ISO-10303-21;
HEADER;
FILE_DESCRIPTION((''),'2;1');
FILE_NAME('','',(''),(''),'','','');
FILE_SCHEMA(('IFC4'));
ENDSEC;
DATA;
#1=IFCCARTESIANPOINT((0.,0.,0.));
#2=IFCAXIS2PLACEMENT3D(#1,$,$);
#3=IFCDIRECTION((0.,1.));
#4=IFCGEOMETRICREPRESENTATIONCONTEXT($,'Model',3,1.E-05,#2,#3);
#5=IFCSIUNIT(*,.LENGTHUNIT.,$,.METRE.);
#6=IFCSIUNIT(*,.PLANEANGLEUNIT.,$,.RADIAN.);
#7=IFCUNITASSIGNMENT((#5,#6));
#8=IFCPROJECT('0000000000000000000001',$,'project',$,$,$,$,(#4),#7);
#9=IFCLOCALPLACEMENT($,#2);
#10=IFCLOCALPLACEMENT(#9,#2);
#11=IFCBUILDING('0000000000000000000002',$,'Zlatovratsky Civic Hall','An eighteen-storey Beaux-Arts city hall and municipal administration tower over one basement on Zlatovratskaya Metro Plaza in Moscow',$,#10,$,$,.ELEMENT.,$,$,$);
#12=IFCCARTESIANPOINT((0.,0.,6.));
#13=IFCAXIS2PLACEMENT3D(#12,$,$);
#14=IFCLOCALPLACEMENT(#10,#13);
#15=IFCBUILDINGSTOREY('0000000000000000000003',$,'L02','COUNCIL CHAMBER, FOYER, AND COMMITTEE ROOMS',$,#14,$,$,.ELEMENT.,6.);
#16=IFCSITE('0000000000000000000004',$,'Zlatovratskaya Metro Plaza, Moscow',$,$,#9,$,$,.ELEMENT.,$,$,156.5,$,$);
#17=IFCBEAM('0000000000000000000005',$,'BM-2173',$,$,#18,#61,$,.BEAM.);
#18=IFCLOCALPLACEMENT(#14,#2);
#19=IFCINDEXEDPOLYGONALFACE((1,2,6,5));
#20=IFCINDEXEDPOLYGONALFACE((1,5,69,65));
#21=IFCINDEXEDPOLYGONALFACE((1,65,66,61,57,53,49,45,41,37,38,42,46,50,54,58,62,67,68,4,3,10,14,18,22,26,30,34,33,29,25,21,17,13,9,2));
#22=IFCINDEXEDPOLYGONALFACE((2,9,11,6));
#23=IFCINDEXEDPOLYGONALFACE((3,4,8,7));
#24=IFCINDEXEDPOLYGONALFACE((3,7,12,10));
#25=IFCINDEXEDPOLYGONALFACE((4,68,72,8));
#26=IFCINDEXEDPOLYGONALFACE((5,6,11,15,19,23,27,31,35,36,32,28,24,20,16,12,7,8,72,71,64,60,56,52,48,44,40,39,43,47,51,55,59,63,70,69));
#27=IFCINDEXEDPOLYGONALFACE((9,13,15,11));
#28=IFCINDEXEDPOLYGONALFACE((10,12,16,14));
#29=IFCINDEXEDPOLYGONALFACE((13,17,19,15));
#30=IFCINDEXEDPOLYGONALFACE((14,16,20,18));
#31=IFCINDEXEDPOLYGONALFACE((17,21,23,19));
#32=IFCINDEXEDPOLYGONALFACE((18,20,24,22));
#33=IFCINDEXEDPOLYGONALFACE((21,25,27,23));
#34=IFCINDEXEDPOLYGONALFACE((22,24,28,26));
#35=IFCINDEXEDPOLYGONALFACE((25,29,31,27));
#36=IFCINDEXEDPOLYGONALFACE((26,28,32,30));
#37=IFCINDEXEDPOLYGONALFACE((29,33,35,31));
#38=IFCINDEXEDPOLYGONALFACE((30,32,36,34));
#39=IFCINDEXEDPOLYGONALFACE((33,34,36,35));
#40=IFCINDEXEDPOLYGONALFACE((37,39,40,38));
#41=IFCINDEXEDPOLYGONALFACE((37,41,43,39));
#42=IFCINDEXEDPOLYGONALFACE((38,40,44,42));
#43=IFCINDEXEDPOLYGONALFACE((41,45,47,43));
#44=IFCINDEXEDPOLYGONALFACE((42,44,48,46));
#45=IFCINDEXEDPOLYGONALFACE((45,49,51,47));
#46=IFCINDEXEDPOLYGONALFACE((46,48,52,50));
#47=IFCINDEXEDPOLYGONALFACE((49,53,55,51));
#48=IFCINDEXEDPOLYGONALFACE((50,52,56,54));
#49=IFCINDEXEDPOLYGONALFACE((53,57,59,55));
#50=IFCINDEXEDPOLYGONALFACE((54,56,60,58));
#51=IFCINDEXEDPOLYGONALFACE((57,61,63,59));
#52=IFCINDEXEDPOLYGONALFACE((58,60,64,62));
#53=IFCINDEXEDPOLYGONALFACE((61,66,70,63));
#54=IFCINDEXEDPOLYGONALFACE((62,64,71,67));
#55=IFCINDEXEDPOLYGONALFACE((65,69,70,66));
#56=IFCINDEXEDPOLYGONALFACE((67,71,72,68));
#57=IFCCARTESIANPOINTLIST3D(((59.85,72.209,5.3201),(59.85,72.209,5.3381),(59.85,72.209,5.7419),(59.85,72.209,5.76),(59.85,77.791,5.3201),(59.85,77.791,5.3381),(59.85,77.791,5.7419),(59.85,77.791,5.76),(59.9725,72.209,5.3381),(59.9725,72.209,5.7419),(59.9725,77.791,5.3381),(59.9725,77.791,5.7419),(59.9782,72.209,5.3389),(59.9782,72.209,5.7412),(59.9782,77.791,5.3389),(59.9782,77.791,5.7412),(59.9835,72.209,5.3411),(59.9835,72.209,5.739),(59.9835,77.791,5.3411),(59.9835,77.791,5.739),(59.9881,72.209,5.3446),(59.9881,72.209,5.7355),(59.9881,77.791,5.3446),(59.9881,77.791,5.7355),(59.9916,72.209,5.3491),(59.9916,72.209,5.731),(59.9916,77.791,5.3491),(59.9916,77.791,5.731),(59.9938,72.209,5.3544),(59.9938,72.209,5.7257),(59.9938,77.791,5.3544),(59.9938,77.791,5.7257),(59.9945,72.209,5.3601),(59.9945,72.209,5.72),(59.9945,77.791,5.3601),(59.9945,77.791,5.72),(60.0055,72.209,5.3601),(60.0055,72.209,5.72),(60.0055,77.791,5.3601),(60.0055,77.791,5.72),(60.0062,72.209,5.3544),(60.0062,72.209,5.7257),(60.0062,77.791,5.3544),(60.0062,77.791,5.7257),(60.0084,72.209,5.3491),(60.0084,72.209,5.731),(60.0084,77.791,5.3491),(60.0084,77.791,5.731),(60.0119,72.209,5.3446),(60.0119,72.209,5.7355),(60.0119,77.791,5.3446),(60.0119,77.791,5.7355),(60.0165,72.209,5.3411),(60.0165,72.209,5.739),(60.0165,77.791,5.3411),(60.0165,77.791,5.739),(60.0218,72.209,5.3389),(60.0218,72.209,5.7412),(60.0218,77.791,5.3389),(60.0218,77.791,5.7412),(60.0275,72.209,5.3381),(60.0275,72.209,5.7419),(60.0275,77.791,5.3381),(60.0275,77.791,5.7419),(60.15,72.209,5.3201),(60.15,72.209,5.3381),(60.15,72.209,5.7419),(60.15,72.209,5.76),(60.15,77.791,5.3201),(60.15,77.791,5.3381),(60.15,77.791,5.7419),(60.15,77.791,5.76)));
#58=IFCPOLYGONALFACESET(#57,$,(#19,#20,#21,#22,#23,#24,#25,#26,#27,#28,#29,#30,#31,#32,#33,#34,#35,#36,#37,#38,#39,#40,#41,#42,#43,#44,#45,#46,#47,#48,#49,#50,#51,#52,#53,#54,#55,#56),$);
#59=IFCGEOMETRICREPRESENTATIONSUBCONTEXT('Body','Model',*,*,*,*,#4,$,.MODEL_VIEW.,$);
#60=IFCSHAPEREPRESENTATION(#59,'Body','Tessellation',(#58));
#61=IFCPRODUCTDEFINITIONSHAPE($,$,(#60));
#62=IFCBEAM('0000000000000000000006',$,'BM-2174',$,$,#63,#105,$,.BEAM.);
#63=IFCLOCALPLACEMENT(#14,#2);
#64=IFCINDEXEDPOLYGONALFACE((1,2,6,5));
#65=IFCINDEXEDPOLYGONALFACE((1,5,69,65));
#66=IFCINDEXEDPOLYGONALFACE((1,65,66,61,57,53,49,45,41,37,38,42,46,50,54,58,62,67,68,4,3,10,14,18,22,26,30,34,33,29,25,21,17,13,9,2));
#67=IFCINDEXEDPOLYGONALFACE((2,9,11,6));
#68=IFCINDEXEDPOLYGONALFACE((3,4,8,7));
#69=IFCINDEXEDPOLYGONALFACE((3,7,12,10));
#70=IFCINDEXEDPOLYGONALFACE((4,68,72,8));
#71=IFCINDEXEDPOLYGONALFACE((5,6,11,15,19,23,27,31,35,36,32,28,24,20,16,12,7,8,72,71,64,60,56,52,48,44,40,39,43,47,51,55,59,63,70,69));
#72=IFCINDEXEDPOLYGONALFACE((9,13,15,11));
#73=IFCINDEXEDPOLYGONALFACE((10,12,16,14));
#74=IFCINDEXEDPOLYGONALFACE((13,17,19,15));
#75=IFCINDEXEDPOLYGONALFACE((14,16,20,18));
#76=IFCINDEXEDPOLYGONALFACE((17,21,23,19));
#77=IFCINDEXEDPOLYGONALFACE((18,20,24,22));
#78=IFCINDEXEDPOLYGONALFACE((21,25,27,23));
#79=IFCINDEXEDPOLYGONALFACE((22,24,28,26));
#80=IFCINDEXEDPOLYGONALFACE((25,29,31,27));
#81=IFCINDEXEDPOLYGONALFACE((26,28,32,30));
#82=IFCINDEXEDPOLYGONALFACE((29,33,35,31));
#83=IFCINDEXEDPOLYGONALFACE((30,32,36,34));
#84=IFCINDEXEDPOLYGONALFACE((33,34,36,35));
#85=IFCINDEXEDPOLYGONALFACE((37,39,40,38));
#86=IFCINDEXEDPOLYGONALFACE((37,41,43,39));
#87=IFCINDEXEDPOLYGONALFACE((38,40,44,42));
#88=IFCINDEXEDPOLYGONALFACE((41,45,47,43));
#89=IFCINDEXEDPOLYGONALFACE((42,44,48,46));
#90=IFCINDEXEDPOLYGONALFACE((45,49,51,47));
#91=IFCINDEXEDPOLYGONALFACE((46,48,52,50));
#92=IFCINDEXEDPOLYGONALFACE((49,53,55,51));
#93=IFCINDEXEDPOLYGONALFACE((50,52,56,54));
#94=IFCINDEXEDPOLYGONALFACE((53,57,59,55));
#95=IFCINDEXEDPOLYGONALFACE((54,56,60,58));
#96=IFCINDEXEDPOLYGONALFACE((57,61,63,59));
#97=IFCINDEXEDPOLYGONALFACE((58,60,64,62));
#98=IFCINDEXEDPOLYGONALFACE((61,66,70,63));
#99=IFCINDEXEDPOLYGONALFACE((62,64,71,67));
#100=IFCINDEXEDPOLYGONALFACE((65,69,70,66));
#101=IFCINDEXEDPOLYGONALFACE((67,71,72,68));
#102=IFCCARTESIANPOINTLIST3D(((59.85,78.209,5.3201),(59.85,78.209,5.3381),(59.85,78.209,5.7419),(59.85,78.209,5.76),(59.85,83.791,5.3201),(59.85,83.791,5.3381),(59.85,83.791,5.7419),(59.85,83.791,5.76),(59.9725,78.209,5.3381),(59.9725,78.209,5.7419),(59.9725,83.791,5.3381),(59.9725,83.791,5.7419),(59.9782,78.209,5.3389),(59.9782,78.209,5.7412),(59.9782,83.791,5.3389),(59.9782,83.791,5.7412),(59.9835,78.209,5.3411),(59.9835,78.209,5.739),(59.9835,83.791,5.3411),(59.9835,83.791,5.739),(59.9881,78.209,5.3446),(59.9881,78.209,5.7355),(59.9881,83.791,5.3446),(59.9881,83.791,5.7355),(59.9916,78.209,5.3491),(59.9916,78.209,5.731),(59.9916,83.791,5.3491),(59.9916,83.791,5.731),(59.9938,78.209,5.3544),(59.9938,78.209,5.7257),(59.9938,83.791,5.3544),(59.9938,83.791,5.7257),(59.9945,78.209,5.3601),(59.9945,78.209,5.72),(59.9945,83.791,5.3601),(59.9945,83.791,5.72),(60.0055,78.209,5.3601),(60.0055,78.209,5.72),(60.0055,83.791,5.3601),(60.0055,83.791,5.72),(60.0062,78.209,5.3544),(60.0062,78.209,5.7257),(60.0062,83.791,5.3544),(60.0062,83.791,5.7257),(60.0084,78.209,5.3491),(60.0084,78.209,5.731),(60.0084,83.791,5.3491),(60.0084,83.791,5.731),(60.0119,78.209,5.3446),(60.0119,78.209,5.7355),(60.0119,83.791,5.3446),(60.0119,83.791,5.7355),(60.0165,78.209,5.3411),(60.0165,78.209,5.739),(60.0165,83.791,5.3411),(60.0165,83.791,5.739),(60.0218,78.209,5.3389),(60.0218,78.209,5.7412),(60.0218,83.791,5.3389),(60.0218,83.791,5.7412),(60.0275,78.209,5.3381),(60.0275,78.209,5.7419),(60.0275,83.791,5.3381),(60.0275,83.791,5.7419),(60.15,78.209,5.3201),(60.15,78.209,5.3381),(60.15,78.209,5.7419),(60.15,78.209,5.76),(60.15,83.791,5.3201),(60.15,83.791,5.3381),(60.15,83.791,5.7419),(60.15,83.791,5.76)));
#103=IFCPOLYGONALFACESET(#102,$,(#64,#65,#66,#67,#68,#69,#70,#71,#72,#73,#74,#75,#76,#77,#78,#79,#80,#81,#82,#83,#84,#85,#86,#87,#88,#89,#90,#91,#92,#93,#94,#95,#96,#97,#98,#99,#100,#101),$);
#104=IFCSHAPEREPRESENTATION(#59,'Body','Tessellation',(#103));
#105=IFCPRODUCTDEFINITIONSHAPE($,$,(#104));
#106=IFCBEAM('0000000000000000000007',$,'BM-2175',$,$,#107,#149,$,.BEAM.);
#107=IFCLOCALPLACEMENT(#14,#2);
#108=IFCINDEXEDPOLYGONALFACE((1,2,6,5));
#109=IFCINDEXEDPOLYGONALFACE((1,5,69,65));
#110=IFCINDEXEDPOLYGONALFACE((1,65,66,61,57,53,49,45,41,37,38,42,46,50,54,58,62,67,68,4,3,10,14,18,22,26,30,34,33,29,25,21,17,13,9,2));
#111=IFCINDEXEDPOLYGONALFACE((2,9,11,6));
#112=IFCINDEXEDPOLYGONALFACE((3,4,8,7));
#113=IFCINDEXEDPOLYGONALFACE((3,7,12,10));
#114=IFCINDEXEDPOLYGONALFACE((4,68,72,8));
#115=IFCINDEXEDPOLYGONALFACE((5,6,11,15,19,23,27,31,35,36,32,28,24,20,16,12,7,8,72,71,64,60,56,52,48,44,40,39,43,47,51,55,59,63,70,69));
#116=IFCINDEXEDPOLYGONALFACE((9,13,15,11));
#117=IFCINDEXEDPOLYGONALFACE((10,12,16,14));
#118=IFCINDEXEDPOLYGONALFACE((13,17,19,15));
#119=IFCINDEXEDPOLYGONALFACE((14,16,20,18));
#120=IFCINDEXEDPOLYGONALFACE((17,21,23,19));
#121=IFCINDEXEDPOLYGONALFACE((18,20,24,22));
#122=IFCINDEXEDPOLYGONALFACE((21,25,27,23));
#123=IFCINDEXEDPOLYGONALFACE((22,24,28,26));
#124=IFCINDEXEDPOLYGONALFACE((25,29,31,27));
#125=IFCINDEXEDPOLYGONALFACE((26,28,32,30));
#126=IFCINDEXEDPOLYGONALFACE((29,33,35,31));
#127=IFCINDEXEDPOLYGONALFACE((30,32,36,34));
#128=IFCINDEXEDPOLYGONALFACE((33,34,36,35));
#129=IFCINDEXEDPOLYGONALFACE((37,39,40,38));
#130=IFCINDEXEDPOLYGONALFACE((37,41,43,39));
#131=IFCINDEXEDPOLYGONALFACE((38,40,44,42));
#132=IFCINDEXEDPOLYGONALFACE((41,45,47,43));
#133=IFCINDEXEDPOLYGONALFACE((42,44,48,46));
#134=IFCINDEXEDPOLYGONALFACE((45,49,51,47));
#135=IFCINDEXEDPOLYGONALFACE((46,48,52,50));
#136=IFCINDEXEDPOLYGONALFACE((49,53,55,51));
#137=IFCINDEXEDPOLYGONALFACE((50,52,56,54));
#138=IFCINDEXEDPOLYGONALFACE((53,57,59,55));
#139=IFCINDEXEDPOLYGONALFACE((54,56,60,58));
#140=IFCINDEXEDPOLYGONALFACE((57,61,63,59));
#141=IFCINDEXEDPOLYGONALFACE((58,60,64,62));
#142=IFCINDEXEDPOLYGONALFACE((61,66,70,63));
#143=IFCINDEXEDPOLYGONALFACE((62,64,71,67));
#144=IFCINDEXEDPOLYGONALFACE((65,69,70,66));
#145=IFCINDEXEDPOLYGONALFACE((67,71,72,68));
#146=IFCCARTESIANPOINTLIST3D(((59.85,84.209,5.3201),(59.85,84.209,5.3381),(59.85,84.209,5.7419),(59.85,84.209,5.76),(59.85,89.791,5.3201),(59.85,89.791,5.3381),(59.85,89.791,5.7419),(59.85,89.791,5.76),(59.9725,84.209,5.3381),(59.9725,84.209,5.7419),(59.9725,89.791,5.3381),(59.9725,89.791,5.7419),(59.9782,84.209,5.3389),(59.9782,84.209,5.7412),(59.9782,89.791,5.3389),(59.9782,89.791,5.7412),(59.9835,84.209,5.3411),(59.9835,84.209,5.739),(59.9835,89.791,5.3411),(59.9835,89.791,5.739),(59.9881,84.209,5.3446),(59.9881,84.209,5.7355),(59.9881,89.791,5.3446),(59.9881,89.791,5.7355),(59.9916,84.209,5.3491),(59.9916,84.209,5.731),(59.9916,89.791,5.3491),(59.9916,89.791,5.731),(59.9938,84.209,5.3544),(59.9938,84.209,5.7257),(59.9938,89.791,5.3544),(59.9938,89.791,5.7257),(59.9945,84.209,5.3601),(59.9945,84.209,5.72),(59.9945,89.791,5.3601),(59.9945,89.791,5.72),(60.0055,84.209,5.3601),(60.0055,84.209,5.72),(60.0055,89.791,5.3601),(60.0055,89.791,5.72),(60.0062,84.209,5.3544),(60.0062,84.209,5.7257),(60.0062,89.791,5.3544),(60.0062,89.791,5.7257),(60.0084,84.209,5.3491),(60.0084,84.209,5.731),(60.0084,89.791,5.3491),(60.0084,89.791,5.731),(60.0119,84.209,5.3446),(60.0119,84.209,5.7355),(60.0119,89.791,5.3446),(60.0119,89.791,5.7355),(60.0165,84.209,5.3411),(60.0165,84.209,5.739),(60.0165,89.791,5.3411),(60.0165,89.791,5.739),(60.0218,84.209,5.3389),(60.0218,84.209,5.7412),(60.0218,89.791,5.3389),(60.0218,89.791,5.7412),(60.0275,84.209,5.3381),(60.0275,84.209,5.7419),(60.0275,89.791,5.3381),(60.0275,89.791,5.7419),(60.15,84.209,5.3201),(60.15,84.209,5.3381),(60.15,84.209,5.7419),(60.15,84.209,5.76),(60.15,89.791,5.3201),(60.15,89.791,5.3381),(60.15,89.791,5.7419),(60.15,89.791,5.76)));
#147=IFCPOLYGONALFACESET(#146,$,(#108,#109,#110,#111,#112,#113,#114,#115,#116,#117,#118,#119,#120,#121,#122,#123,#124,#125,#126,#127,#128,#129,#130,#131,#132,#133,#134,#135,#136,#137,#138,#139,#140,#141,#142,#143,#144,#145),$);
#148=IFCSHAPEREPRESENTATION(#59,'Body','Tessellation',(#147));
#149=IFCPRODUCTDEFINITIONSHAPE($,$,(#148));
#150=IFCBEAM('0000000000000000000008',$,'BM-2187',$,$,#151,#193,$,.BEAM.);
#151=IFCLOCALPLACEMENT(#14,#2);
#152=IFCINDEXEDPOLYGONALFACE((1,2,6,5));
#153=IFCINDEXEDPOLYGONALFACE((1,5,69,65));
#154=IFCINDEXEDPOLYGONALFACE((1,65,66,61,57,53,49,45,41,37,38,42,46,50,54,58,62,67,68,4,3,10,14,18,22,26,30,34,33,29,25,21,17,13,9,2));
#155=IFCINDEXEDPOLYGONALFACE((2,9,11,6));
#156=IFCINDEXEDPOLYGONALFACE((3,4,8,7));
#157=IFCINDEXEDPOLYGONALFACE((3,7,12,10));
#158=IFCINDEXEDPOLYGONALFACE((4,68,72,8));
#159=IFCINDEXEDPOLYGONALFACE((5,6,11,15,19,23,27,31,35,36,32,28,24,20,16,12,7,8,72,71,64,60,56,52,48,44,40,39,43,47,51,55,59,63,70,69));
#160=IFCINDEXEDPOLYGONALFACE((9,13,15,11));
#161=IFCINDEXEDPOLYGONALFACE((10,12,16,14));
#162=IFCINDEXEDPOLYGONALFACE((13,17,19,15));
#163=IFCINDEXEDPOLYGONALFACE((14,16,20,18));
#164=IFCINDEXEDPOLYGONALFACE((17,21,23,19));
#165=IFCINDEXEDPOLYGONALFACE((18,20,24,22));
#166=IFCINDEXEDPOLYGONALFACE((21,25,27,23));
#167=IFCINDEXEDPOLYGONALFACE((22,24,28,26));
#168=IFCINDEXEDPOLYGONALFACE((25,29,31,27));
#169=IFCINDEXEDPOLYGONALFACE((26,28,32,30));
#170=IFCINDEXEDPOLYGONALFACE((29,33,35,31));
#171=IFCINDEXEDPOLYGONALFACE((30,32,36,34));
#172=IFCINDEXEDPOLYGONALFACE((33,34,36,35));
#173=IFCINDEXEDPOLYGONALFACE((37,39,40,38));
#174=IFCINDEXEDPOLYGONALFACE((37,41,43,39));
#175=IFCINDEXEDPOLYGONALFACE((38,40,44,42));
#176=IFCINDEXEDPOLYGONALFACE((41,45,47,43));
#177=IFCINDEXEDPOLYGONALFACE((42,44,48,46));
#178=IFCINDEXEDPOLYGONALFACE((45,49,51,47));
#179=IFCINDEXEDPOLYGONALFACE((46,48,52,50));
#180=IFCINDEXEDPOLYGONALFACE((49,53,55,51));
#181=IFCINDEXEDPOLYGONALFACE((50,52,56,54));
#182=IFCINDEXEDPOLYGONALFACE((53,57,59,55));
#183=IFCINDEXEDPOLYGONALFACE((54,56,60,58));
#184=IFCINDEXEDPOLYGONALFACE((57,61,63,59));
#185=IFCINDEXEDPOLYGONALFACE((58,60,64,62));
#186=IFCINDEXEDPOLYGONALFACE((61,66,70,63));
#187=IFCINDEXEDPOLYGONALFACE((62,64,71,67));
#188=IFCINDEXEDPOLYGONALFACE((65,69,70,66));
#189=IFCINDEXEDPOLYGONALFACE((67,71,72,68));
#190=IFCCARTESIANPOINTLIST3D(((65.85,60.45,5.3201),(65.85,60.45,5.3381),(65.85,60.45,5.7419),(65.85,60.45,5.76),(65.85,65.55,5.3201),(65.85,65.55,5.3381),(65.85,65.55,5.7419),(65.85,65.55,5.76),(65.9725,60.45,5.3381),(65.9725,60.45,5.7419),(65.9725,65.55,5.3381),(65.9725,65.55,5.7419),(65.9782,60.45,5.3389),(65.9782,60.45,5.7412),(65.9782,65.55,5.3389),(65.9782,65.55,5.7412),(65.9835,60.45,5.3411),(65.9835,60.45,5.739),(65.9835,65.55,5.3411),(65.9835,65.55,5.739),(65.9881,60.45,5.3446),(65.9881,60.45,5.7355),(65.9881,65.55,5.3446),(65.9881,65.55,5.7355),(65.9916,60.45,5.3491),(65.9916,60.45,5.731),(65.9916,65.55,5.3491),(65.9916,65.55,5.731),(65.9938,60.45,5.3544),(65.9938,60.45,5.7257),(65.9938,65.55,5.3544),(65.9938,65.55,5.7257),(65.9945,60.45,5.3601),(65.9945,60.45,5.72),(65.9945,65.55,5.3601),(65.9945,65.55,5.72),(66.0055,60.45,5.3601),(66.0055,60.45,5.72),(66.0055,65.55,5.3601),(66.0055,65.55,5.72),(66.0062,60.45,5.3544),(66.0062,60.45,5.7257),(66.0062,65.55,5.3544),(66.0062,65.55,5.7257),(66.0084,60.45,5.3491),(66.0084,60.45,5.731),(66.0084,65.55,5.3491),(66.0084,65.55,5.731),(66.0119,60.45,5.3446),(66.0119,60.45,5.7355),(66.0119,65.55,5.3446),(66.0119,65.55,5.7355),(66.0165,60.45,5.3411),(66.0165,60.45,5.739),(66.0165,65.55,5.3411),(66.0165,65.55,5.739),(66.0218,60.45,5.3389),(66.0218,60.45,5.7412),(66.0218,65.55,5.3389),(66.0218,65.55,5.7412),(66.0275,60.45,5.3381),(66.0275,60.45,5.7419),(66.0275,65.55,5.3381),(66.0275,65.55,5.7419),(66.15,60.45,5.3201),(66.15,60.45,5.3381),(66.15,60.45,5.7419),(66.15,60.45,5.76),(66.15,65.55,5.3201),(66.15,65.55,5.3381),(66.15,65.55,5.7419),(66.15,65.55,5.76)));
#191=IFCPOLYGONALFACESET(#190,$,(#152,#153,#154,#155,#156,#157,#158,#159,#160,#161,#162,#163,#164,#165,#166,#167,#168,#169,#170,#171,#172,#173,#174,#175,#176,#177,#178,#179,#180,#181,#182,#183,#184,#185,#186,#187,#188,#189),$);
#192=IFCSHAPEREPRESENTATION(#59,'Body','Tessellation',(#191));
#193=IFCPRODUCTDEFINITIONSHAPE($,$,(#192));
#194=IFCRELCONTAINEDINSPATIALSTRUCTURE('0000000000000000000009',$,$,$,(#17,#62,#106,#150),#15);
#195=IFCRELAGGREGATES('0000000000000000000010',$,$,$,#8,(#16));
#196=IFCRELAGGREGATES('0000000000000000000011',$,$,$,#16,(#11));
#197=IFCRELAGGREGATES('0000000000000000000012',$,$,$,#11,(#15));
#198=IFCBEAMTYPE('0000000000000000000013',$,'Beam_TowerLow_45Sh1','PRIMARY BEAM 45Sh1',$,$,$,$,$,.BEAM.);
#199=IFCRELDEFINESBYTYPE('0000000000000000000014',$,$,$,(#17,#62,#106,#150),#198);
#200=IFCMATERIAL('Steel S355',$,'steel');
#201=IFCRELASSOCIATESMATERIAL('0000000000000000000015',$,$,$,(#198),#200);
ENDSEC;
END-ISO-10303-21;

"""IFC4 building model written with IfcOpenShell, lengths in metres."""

from ifc_helpers import new_model, si_unit, direction, frame, origin, origin_2d, place, context, subcontext, project, spatial, i_section, extrude, material, material_profile, profile_set, type_object, element, save


model = new_model("IFC4")

# Units and contexts
model_context = context("Model", 3, precision=1e-05, world=origin(), true_north=direction((0.0, 1.0)))
body_context = subcontext(model_context, "Body", "Model", "MODEL_VIEW")
ifc_project = project(units=[si_unit("LENGTHUNIT", "METRE"), si_unit("PLANEANGLEUNIT", "RADIAN")], contexts=[model_context])

# Site, building, storey
site_placement = place(None, origin())
site = spatial("IfcSite", under=ifc_project, at=site_placement, Name="Zlatovratskaya Metro Plaza, Moscow", CompositionType="ELEMENT", RefElevation=156.5)
building_placement = place(site_placement, origin())
building = spatial("IfcBuilding", under=site, at=building_placement, Name="Zlatovratsky Civic Hall", Description="An eighteen-storey Beaux-Arts city hall and municipal administration tower over one basement on Zlatovratskaya Metro Plaza in Moscow", CompositionType="ELEMENT")
storey_placement = place(building_placement, frame((0.0, 0.0, 6.0)))
storey = spatial("IfcBuildingStorey", under=building, at=storey_placement, Name="L02", Description="COUNCIL CHAMBER, FOYER, AND COMMITTEE ROOMS", CompositionType="ELEMENT", Elevation=6.0)

# Shared definitions
ifc_material_1 = material(Name="Steel S355", Category="steel")

# Beams
ifc_material_profile_1 = material_profile(ifc_material_1, i_section(OverallWidth=0.3, OverallDepth=0.4399, WebThickness=0.011, FlangeThickness=0.0181, FilletRadius=0.022, at=origin_2d()), Name="45Sh1")
ifc_profile_set_1 = profile_set([ifc_material_profile_1], Name="Steel S355")
beam_type = type_object("IfcBeamType", Name="Beam_TowerLow_45Sh1", Description="PRIMARY BEAM 45Sh1", PredefinedType="BEAM", material=ifc_profile_set_1)
for number, where, z_axis, x_axis, name in (
    (1, (60.0, 72.209, 5.54), (0.0, 1.0, 0.0), (-1.0, 0.0, 0.0), "BM-2173"),
    (2, (60.0, 78.209, 5.54), (0.0, 1.0, 0.0), (-1.0, 0.0, 0.0), "BM-2174"),
    (3, (60.0, 84.209, 5.54), (0.0, 1.0, 0.0), (-1.0, 0.0, 0.0), "BM-2175"),
):
    element("IfcBeam", number, at=place(storey_placement, frame(where, z_axis=z_axis, x_axis=x_axis)), inside=storey, type_object=beam_type, Name=name, PredefinedType="BEAM", context=body_context, shape_type="SweptSolid", body=[
        extrude(i_section(OverallWidth=0.3, OverallDepth=0.4399, WebThickness=0.011, FlangeThickness=0.0181, FilletRadius=0.022, at=origin_2d()), origin(), (0.0, 0.0, 1.0), 5.582),
    ])
for number, where, z_axis, x_axis, name in (
    (4, (66.0, 60.45, 5.54), (0.0, 1.0, 0.0), (-1.0, 0.0, 0.0), "BM-2187"),
):
    element("IfcBeam", number, at=place(storey_placement, frame(where, z_axis=z_axis, x_axis=x_axis)), inside=storey, type_object=beam_type, Name=name, PredefinedType="BEAM", context=body_context, shape_type="SweptSolid", body=[
        extrude(i_section(OverallWidth=0.3, OverallDepth=0.4399, WebThickness=0.011, FlangeThickness=0.0181, FilletRadius=0.022, at=origin_2d()), origin(), (0.0, 0.0, 1.0), 5.1001),
    ])

save(model, "model.ifc")
